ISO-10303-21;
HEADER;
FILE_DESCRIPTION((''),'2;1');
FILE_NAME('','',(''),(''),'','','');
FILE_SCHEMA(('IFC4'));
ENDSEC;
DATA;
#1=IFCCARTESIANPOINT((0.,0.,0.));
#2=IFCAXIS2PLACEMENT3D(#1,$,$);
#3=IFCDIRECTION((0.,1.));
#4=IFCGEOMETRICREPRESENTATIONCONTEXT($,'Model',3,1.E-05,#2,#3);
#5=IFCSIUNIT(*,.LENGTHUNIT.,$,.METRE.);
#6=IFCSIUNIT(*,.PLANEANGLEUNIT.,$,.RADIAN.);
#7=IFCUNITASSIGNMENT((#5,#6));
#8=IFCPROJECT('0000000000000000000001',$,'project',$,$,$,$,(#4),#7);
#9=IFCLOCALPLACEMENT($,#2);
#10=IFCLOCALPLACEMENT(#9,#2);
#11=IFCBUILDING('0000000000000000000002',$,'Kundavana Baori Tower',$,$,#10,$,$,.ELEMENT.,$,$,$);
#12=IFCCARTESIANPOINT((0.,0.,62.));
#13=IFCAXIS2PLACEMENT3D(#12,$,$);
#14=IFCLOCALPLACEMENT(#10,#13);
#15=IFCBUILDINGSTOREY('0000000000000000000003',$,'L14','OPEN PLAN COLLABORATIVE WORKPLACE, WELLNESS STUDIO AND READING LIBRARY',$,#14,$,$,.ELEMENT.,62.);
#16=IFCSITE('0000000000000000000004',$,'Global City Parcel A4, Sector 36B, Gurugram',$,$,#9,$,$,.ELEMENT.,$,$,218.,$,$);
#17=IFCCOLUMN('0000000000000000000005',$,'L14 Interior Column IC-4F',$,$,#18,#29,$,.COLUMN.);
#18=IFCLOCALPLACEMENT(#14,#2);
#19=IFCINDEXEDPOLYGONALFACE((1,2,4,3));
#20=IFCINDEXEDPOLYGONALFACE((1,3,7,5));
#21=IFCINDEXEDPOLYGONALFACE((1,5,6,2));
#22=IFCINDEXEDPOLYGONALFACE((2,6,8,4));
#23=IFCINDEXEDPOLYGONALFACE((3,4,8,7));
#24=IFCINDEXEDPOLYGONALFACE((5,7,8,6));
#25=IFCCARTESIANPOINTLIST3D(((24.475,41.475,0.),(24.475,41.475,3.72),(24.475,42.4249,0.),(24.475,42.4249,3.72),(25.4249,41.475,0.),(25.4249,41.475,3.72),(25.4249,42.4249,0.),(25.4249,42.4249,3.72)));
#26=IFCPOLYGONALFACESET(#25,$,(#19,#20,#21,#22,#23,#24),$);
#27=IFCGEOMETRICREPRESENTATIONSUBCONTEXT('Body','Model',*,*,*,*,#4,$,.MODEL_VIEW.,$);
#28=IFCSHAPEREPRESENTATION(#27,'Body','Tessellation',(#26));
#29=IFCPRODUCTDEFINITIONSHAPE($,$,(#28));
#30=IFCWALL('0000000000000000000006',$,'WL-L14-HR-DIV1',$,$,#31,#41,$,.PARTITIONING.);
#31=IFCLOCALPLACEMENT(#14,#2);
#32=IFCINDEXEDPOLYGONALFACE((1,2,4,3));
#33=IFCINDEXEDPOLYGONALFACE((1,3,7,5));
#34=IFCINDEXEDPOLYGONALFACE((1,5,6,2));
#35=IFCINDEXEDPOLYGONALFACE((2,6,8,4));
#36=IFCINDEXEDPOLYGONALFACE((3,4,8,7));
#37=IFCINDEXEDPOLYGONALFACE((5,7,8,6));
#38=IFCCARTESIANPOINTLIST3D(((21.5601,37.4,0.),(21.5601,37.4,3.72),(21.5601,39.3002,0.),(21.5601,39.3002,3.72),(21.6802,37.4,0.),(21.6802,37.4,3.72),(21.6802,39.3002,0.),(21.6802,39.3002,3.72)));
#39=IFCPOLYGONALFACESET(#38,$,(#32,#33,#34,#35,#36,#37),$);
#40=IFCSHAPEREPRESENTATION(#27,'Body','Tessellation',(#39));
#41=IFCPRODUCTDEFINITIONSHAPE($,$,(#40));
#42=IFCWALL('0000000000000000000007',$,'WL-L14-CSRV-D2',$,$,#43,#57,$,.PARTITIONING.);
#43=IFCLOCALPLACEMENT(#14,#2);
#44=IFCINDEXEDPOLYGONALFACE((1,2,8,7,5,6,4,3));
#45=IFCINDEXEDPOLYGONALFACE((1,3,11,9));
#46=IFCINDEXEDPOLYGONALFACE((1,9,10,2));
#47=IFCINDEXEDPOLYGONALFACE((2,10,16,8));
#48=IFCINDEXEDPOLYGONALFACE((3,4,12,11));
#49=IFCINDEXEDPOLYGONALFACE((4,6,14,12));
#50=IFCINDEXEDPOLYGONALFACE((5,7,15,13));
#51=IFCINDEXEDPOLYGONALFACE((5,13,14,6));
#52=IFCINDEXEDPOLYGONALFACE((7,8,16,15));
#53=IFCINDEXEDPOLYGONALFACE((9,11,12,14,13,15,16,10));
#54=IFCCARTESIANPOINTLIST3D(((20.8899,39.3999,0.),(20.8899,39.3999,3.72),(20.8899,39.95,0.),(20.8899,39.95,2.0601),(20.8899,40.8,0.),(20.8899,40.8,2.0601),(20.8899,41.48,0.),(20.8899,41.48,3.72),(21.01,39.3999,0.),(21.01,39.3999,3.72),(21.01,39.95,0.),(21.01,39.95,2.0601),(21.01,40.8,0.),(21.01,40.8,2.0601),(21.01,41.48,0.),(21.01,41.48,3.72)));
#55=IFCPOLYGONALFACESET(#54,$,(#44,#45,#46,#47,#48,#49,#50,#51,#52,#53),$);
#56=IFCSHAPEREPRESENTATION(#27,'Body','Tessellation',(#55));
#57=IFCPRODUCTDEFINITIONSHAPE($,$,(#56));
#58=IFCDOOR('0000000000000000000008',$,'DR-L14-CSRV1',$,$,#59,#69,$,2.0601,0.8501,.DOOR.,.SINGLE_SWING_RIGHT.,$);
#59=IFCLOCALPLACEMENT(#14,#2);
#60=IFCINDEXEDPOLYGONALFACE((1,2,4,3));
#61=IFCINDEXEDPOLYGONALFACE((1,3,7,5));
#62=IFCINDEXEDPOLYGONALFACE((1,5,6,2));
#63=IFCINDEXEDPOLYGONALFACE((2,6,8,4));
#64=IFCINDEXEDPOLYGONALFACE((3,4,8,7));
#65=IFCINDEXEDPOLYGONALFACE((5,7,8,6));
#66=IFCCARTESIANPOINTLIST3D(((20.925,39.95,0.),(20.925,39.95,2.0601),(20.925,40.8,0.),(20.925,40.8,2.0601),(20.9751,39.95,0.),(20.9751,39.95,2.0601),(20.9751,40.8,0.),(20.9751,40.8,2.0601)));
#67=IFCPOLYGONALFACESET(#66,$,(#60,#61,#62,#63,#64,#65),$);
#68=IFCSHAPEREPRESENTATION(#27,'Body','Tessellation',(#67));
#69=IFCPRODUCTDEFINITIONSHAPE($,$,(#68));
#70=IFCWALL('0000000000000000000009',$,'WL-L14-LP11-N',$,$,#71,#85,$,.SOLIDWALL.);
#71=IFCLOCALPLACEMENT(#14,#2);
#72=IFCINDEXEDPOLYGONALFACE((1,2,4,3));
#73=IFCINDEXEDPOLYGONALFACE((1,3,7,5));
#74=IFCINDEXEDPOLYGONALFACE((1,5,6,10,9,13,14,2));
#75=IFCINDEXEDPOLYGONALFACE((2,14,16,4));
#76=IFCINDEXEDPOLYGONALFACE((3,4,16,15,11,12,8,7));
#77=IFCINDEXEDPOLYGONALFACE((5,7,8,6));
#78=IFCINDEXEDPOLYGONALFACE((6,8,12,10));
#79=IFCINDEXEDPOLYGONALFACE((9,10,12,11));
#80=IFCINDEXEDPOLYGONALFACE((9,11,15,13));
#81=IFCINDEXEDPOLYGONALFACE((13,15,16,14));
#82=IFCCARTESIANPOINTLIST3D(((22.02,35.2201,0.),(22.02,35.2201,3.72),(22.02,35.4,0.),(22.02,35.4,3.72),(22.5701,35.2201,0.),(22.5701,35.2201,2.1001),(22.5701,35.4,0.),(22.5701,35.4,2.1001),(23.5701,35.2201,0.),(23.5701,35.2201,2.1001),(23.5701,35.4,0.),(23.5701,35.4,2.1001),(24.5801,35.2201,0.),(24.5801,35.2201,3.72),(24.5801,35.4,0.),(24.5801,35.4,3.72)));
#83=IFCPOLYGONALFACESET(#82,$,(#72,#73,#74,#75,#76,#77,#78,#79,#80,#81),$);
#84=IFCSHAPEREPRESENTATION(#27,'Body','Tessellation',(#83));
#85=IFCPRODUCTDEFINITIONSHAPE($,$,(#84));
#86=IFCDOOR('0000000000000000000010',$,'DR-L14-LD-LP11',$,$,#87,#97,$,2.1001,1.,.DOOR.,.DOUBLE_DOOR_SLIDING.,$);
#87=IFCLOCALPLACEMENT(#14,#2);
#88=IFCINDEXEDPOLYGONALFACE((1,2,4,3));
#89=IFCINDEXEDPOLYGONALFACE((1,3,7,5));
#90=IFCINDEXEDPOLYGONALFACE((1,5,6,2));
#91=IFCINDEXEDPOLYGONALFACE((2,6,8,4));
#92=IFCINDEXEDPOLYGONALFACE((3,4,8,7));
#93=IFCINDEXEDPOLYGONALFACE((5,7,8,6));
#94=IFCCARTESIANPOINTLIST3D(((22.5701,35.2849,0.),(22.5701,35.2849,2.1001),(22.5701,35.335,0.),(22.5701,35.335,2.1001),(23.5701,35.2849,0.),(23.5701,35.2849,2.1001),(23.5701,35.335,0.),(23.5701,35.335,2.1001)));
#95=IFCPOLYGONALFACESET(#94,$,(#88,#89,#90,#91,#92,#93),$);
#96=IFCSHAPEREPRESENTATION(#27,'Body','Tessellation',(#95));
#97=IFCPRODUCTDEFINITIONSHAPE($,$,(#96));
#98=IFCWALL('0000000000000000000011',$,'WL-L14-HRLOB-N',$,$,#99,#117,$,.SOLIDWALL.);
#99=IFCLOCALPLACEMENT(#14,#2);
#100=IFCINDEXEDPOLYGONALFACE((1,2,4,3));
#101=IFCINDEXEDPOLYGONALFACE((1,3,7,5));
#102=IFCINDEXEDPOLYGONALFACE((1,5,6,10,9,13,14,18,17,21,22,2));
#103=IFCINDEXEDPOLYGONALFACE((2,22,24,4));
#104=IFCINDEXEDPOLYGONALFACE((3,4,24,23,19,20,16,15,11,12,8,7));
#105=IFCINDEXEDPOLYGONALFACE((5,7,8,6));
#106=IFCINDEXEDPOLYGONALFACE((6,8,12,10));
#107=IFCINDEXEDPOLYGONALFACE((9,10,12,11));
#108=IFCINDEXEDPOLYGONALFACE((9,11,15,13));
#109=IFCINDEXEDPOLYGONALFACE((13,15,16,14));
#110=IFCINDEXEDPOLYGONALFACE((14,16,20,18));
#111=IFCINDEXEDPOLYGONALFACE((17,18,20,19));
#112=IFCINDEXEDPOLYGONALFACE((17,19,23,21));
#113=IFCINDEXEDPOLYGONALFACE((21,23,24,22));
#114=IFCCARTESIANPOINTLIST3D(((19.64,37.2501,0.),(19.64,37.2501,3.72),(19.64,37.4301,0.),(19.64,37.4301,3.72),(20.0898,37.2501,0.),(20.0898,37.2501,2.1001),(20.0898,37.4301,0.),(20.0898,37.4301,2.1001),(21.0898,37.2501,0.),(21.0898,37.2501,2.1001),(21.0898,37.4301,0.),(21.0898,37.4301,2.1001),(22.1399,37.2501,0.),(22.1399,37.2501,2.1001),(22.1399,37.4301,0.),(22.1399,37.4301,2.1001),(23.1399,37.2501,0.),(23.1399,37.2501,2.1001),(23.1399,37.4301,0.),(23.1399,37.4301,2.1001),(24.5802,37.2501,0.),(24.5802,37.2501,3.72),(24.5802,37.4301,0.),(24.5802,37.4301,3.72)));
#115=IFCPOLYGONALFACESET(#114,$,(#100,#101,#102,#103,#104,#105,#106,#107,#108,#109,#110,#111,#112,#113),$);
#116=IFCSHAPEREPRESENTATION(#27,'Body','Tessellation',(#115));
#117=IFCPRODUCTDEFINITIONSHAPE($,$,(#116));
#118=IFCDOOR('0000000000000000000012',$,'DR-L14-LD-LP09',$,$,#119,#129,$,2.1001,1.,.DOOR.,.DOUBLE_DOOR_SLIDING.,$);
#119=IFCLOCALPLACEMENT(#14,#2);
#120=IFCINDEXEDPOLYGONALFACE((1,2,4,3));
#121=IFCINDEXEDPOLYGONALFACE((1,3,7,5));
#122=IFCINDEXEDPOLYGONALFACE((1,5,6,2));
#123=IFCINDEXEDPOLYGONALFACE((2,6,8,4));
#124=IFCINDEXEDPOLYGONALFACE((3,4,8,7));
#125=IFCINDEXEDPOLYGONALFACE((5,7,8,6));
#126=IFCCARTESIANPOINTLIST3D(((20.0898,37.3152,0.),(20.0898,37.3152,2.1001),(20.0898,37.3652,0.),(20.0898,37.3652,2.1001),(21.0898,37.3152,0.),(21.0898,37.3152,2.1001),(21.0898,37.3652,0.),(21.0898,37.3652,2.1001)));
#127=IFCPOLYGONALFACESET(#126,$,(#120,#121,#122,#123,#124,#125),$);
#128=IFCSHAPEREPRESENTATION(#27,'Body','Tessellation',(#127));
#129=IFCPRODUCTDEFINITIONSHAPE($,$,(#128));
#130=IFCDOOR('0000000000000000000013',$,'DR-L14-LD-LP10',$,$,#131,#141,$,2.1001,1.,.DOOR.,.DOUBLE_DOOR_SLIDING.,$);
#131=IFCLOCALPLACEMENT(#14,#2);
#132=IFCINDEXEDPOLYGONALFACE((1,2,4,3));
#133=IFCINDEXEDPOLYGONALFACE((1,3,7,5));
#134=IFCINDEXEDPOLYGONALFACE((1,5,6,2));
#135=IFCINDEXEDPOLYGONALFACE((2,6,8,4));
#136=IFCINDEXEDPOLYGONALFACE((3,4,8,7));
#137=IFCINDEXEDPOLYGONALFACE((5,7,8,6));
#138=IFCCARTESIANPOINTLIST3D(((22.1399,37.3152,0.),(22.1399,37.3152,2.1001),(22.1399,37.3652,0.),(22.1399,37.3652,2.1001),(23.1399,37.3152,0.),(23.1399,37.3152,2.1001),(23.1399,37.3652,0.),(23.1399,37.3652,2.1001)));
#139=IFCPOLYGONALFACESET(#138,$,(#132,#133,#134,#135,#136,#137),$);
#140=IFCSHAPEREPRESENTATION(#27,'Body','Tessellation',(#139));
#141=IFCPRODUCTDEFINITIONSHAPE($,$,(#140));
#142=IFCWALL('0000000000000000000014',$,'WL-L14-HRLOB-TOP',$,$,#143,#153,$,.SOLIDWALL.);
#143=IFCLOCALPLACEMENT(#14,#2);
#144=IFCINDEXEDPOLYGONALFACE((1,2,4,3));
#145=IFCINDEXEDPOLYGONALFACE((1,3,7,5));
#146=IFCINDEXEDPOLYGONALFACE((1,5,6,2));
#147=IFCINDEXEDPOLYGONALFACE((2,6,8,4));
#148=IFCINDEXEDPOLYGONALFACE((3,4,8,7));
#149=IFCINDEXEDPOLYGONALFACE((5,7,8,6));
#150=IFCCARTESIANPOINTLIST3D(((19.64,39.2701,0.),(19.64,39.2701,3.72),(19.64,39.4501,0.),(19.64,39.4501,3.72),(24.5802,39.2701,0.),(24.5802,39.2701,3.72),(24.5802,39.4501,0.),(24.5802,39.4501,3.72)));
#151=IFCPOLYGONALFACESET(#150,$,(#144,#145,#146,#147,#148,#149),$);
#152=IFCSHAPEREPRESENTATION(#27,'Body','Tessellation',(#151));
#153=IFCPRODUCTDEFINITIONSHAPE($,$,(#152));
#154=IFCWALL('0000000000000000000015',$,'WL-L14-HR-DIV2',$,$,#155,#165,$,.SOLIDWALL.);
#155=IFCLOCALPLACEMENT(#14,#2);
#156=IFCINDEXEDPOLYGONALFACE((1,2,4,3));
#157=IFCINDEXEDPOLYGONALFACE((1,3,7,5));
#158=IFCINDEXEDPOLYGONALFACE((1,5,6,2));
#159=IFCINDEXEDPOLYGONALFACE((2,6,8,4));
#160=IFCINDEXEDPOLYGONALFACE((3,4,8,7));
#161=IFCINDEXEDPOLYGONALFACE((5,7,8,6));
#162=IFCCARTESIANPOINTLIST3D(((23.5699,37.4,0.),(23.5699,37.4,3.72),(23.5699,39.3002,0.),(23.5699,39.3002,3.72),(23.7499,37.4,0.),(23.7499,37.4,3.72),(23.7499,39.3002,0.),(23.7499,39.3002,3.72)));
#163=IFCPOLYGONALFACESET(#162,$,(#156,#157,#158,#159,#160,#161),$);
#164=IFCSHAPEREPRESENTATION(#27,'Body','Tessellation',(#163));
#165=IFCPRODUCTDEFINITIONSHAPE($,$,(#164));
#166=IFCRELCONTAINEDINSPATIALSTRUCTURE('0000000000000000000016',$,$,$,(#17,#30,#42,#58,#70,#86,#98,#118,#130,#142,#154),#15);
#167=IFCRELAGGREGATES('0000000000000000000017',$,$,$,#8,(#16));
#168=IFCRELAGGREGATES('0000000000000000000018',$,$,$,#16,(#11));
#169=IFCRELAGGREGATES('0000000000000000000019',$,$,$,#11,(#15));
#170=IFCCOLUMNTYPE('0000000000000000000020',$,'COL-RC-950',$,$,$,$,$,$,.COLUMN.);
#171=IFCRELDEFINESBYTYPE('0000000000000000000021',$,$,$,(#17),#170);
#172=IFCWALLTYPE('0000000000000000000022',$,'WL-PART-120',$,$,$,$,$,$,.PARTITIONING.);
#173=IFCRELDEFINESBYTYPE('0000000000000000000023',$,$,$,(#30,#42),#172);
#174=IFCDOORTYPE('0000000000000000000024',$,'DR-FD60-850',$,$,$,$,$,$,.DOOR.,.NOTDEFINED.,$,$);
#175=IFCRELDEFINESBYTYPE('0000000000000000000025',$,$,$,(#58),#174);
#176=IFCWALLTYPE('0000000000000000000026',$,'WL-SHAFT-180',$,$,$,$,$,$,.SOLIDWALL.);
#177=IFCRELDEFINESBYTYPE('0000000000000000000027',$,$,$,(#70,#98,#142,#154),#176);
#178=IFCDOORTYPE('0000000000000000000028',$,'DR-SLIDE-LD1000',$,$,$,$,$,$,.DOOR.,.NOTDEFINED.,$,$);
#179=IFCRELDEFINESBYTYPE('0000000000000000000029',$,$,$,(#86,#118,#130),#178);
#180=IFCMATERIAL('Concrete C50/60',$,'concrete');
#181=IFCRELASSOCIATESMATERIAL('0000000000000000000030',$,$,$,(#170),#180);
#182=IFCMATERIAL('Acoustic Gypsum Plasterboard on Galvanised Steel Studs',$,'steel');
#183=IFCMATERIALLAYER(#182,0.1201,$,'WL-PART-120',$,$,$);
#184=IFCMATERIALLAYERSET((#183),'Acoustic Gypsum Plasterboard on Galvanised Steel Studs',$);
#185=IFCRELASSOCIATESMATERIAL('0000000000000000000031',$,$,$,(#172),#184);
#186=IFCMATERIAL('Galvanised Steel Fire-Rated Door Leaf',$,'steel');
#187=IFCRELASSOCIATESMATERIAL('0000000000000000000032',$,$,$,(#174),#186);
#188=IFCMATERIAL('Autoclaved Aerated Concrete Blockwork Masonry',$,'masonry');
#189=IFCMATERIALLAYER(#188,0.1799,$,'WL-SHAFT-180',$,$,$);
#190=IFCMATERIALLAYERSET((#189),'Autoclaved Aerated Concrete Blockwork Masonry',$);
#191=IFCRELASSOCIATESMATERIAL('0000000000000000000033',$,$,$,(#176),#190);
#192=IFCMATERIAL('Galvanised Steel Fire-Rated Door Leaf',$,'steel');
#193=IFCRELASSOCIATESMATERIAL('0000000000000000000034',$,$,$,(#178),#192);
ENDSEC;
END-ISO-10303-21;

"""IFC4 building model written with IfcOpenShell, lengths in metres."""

from ifc_helpers import new_model, si_unit, direction, frame, frame_2d, origin, origin_2d, place, context, subcontext, project, spatial, rectangle, extrude, material, layer, layer_set, material_profile, profile_set, type_object, element, fill, save


model = new_model("IFC4")

# Units and contexts
model_context = context("Model", 3, precision=1e-05, world=origin(), true_north=direction((0.0, 1.0)))
body_context = subcontext(model_context, "Body", "Model", "MODEL_VIEW")
ifc_project = project(units=[si_unit("LENGTHUNIT", "METRE"), si_unit("PLANEANGLEUNIT", "RADIAN")], contexts=[model_context])

# Site, building, storey
site_placement = place(None, origin())
site = spatial("IfcSite", under=ifc_project, at=site_placement, Name="Global City Parcel A4, Sector 36B, Gurugram", CompositionType="ELEMENT", RefElevation=218.0)
building_placement = place(site_placement, origin())
building = spatial("IfcBuilding", under=site, at=building_placement, Name="Kundavana Baori Tower", CompositionType="ELEMENT")
storey_placement = place(building_placement, frame((0.0, 0.0, 62.0)))
storey = spatial("IfcBuildingStorey", under=building, at=storey_placement, Name="L14", Description="OPEN PLAN COLLABORATIVE WORKPLACE, WELLNESS STUDIO AND READING LIBRARY", CompositionType="ELEMENT", Elevation=62.0)

# Column
ifc_material_1 = material(Name="Concrete C50/60", Category="concrete")
ifc_material_profile = material_profile(ifc_material_1, rectangle(XDim=0.95, YDim=0.95, at=origin_2d()), Name="RC 950x950")
ifc_profile_set = profile_set([ifc_material_profile], Name="Concrete C50/60")
column_type = type_object("IfcColumnType", Name="COL-RC-950", PredefinedType="COLUMN", material=ifc_profile_set)
column_placement = place(storey_placement, frame((24.95, 41.95, 0.0), z_axis=(0.0, 0.0, 1.0), x_axis=(1.0, 0.0, 0.0)))
element("IfcColumn", 1, at=column_placement, inside=storey, type_object=column_type, Name="L14 Interior Column IC-4F", PredefinedType="COLUMN", context=body_context, shape_type="SweptSolid", body=[
    extrude(rectangle(XDim=0.95, YDim=0.95, at=origin_2d()), origin(), (0.0, 0.0, 1.0), 3.72),
])

# Wall
ifc_material_2 = material(Name="Acoustic Gypsum Plasterboard on Galvanised Steel Studs", Category="steel")
ifc_layer_1 = layer(ifc_material_2, 0.1201, Name="WL-PART-120")
ifc_layer_set_1 = layer_set([ifc_layer_1], Name="Acoustic Gypsum Plasterboard on Galvanised Steel Studs")
wall_type_1 = type_object("IfcWallType", Name="WL-PART-120", PredefinedType="PARTITIONING", material=ifc_layer_set_1)
wall_1_placement = place(storey_placement, frame((21.6201, 37.3999, 0.0), z_axis=(0.0, 0.0, 1.0), x_axis=(0.0, 1.0, 0.0)))
element("IfcWall", 2, at=wall_1_placement, inside=storey, type_object=wall_type_1, Name="WL-L14-HR-DIV1", PredefinedType="PARTITIONING", context=body_context, shape_type="SweptSolid", body=[
    extrude(rectangle(XDim=1.9001, YDim=0.1201, at=frame_2d((0.9502, 0.0))), origin(), (0.0, 0.0, 1.0), 3.72),
])

# Walls, openings, doors
wall_2_placement = place(storey_placement, frame((20.95, 39.3999, 0.0), z_axis=(0.0, 0.0, 1.0), x_axis=(0.0, 1.0, 0.0)))
wall_2 = element("IfcWall", 3, at=wall_2_placement, inside=storey, type_object=wall_type_1, Name="WL-L14-CSRV-D2", PredefinedType="PARTITIONING", context=body_context, shape_type="SweptSolid", body=[
    extrude(rectangle(XDim=2.0801, YDim=0.1201, at=frame_2d((1.04, 0.0))), origin(), (0.0, 0.0, 1.0), 3.72),
])
opening_1_placement = place(wall_2_placement, frame((0.55, 0.0, 0.0)))
opening_1 = element("IfcOpeningElement", 4, at=opening_1_placement, cuts=wall_2, PredefinedType="OPENING", context=body_context, shape_type="SweptSolid", body=[
    extrude(rectangle(XDim=0.8501, YDim=2.0601, at=frame_2d((0.425, 1.03))), frame((0.0, 0.0701, 0.0), z_axis=(0.0, -1.0, 0.0), x_axis=(1.0, 0.0, 0.0)), (0.0, 0.0, 1.0), 0.1401),
])
ifc_material_3 = material(Name="Galvanised Steel Fire-Rated Door Leaf", Category="steel")
door_type_1 = type_object("IfcDoorType", Name="DR-FD60-850", OperationType="NOTDEFINED", PredefinedType="DOOR", material=ifc_material_3)
door_1_placement = place(opening_1_placement, origin())
door_1 = element("IfcDoor", 5, at=door_1_placement, inside=storey, type_object=door_type_1, Name="DR-L14-CSRV1", OperationType="SINGLE_SWING_RIGHT", OverallHeight=2.0601, OverallWidth=0.8501, PredefinedType="DOOR", context=body_context, shape_type="SweptSolid", body=[
    extrude(rectangle(XDim=0.8501, YDim=2.0601, at=frame_2d((0.425, 1.03))), frame((0.0, 0.0249, 0.0), z_axis=(0.0, -1.0, 0.0), x_axis=(1.0, 0.0, 0.0)), (0.0, 0.0, 1.0), 0.05),
])
fill(opening_1, door_1)
ifc_material_4 = material(Name="Autoclaved Aerated Concrete Blockwork Masonry", Category="masonry")
ifc_layer_2 = layer(ifc_material_4, 0.1799, Name="WL-SHAFT-180")
ifc_layer_set_2 = layer_set([ifc_layer_2], Name="Autoclaved Aerated Concrete Blockwork Masonry")
wall_type_2 = type_object("IfcWallType", Name="WL-SHAFT-180", PredefinedType="SOLIDWALL", material=ifc_layer_set_2)
wall_3_placement = place(storey_placement, frame((22.02, 35.3101, 0.0), z_axis=(0.0, 0.0, 1.0), x_axis=(1.0, 0.0, 0.0)))
wall_3 = element("IfcWall", 6, at=wall_3_placement, inside=storey, type_object=wall_type_2, Name="WL-L14-LP11-N", PredefinedType="SOLIDWALL", context=body_context, shape_type="SweptSolid", body=[
    extrude(rectangle(XDim=2.5601, YDim=0.1799, at=frame_2d((1.28, 0.0))), origin(), (0.0, 0.0, 1.0), 3.72),
])
opening_2_placement = place(wall_3_placement, frame((0.55, 0.0, 0.0)))
opening_2 = element("IfcOpeningElement", 7, at=opening_2_placement, cuts=wall_3, PredefinedType="OPENING", context=body_context, shape_type="SweptSolid", body=[
    extrude(rectangle(XDim=1.0, YDim=2.1001, at=frame_2d((0.5, 1.05))), frame((0.0, 0.1001, 0.0), z_axis=(0.0, -1.0, 0.0), x_axis=(1.0, 0.0, 0.0)), (0.0, 0.0, 1.0), 0.2),
])
ifc_material_5 = material(Name="Galvanised Steel Fire-Rated Door Leaf", Category="steel")
door_type_2 = type_object("IfcDoorType", Name="DR-SLIDE-LD1000", OperationType="NOTDEFINED", PredefinedType="DOOR", material=ifc_material_5)
door_2_placement = place(opening_2_placement, origin())
door_2 = element("IfcDoor", 8, at=door_2_placement, inside=storey, type_object=door_type_2, Name="DR-L14-LD-LP11", OperationType="DOUBLE_DOOR_SLIDING", OverallHeight=2.1001, OverallWidth=1.0, PredefinedType="DOOR", context=body_context, shape_type="SweptSolid", body=[
    extrude(rectangle(XDim=1.0, YDim=2.1001, at=frame_2d((0.5, 1.05))), frame((0.0, 0.0249, 0.0), z_axis=(0.0, -1.0, 0.0), x_axis=(1.0, 0.0, 0.0)), (0.0, 0.0, 1.0), 0.05),
])
fill(opening_2, door_2)

# Wall, openings, doors
wall_4_placement = place(storey_placement, frame((19.6399, 37.3401, 0.0), z_axis=(0.0, 0.0, 1.0), x_axis=(1.0, 0.0, 0.0)))
wall_4 = element("IfcWall", 9, at=wall_4_placement, inside=storey, type_object=wall_type_2, Name="WL-L14-HRLOB-N", PredefinedType="SOLIDWALL", context=body_context, shape_type="SweptSolid", body=[
    extrude(rectangle(XDim=4.9402, YDim=0.1799, at=frame_2d((2.4702, 0.0))), origin(), (0.0, 0.0, 1.0), 3.72),
])
opening_3_placement = place(wall_4_placement, frame((0.45, 0.0, 0.0)))
opening_3 = element("IfcOpeningElement", 10, at=opening_3_placement, cuts=wall_4, PredefinedType="OPENING", context=body_context, shape_type="SweptSolid", body=[
    extrude(rectangle(XDim=1.0, YDim=2.1001, at=frame_2d((0.5, 1.05))), frame((0.0, 0.1001, 0.0), z_axis=(0.0, -1.0, 0.0), x_axis=(1.0, 0.0, 0.0)), (0.0, 0.0, 1.0), 0.2),
])
opening_4_placement = place(wall_4_placement, frame((2.5, 0.0, 0.0)))
opening_4 = element("IfcOpeningElement", 11, at=opening_4_placement, cuts=wall_4, PredefinedType="OPENING", context=body_context, shape_type="SweptSolid", body=[
    extrude(rectangle(XDim=1.0, YDim=2.1001, at=frame_2d((0.5, 1.05))), frame((0.0, 0.1001, 0.0), z_axis=(0.0, -1.0, 0.0), x_axis=(1.0, 0.0, 0.0)), (0.0, 0.0, 1.0), 0.2),
])
door_3_placement = place(opening_3_placement, frame((1.0, 0.0, 0.0), z_axis=(0.0, 0.0, 1.0), x_axis=(-1.0, 0.0, 0.0)))
door_3 = element("IfcDoor", 12, at=door_3_placement, inside=storey, type_object=door_type_2, Name="DR-L14-LD-LP09", OperationType="DOUBLE_DOOR_SLIDING", OverallHeight=2.1001, OverallWidth=1.0, PredefinedType="DOOR", context=body_context, shape_type="SweptSolid", body=[
    extrude(rectangle(XDim=1.0, YDim=2.1001, at=frame_2d((0.5, 1.05))), frame((0.0, 0.0249, 0.0), z_axis=(0.0, -1.0, 0.0), x_axis=(1.0, 0.0, 0.0)), (0.0, 0.0, 1.0), 0.05),
])
fill(opening_3, door_3)
door_4_placement = place(opening_4_placement, frame((1.0, 0.0, 0.0), z_axis=(0.0, 0.0, 1.0), x_axis=(-1.0, 0.0, 0.0)))
door_4 = element("IfcDoor", 13, at=door_4_placement, inside=storey, type_object=door_type_2, Name="DR-L14-LD-LP10", OperationType="DOUBLE_DOOR_SLIDING", OverallHeight=2.1001, OverallWidth=1.0, PredefinedType="DOOR", context=body_context, shape_type="SweptSolid", body=[
    extrude(rectangle(XDim=1.0, YDim=2.1001, at=frame_2d((0.5, 1.05))), frame((0.0, 0.0249, 0.0), z_axis=(0.0, -1.0, 0.0), x_axis=(1.0, 0.0, 0.0)), (0.0, 0.0, 1.0), 0.05),
])
fill(opening_4, door_4)

# Walls
wall_5_placement = place(storey_placement, frame((19.6399, 39.3601, 0.0), z_axis=(0.0, 0.0, 1.0), x_axis=(1.0, 0.0, 0.0)))
element("IfcWall", 14, at=wall_5_placement, inside=storey, type_object=wall_type_2, Name="WL-L14-HRLOB-TOP", PredefinedType="SOLIDWALL", context=body_context, shape_type="SweptSolid", body=[
    extrude(rectangle(XDim=4.9402, YDim=0.1799, at=frame_2d((2.4702, 0.0))), origin(), (0.0, 0.0, 1.0), 3.72),
])
wall_6_placement = place(storey_placement, frame((23.6599, 37.3999, 0.0), z_axis=(0.0, 0.0, 1.0), x_axis=(0.0, 1.0, 0.0)))
element("IfcWall", 15, at=wall_6_placement, inside=storey, type_object=wall_type_2, Name="WL-L14-HR-DIV2", PredefinedType="SOLIDWALL", context=body_context, shape_type="SweptSolid", body=[
    extrude(rectangle(XDim=1.9001, YDim=0.1799, at=frame_2d((0.9502, 0.0))), origin(), (0.0, 0.0, 1.0), 3.72),
])

save(model, "model.ifc")
